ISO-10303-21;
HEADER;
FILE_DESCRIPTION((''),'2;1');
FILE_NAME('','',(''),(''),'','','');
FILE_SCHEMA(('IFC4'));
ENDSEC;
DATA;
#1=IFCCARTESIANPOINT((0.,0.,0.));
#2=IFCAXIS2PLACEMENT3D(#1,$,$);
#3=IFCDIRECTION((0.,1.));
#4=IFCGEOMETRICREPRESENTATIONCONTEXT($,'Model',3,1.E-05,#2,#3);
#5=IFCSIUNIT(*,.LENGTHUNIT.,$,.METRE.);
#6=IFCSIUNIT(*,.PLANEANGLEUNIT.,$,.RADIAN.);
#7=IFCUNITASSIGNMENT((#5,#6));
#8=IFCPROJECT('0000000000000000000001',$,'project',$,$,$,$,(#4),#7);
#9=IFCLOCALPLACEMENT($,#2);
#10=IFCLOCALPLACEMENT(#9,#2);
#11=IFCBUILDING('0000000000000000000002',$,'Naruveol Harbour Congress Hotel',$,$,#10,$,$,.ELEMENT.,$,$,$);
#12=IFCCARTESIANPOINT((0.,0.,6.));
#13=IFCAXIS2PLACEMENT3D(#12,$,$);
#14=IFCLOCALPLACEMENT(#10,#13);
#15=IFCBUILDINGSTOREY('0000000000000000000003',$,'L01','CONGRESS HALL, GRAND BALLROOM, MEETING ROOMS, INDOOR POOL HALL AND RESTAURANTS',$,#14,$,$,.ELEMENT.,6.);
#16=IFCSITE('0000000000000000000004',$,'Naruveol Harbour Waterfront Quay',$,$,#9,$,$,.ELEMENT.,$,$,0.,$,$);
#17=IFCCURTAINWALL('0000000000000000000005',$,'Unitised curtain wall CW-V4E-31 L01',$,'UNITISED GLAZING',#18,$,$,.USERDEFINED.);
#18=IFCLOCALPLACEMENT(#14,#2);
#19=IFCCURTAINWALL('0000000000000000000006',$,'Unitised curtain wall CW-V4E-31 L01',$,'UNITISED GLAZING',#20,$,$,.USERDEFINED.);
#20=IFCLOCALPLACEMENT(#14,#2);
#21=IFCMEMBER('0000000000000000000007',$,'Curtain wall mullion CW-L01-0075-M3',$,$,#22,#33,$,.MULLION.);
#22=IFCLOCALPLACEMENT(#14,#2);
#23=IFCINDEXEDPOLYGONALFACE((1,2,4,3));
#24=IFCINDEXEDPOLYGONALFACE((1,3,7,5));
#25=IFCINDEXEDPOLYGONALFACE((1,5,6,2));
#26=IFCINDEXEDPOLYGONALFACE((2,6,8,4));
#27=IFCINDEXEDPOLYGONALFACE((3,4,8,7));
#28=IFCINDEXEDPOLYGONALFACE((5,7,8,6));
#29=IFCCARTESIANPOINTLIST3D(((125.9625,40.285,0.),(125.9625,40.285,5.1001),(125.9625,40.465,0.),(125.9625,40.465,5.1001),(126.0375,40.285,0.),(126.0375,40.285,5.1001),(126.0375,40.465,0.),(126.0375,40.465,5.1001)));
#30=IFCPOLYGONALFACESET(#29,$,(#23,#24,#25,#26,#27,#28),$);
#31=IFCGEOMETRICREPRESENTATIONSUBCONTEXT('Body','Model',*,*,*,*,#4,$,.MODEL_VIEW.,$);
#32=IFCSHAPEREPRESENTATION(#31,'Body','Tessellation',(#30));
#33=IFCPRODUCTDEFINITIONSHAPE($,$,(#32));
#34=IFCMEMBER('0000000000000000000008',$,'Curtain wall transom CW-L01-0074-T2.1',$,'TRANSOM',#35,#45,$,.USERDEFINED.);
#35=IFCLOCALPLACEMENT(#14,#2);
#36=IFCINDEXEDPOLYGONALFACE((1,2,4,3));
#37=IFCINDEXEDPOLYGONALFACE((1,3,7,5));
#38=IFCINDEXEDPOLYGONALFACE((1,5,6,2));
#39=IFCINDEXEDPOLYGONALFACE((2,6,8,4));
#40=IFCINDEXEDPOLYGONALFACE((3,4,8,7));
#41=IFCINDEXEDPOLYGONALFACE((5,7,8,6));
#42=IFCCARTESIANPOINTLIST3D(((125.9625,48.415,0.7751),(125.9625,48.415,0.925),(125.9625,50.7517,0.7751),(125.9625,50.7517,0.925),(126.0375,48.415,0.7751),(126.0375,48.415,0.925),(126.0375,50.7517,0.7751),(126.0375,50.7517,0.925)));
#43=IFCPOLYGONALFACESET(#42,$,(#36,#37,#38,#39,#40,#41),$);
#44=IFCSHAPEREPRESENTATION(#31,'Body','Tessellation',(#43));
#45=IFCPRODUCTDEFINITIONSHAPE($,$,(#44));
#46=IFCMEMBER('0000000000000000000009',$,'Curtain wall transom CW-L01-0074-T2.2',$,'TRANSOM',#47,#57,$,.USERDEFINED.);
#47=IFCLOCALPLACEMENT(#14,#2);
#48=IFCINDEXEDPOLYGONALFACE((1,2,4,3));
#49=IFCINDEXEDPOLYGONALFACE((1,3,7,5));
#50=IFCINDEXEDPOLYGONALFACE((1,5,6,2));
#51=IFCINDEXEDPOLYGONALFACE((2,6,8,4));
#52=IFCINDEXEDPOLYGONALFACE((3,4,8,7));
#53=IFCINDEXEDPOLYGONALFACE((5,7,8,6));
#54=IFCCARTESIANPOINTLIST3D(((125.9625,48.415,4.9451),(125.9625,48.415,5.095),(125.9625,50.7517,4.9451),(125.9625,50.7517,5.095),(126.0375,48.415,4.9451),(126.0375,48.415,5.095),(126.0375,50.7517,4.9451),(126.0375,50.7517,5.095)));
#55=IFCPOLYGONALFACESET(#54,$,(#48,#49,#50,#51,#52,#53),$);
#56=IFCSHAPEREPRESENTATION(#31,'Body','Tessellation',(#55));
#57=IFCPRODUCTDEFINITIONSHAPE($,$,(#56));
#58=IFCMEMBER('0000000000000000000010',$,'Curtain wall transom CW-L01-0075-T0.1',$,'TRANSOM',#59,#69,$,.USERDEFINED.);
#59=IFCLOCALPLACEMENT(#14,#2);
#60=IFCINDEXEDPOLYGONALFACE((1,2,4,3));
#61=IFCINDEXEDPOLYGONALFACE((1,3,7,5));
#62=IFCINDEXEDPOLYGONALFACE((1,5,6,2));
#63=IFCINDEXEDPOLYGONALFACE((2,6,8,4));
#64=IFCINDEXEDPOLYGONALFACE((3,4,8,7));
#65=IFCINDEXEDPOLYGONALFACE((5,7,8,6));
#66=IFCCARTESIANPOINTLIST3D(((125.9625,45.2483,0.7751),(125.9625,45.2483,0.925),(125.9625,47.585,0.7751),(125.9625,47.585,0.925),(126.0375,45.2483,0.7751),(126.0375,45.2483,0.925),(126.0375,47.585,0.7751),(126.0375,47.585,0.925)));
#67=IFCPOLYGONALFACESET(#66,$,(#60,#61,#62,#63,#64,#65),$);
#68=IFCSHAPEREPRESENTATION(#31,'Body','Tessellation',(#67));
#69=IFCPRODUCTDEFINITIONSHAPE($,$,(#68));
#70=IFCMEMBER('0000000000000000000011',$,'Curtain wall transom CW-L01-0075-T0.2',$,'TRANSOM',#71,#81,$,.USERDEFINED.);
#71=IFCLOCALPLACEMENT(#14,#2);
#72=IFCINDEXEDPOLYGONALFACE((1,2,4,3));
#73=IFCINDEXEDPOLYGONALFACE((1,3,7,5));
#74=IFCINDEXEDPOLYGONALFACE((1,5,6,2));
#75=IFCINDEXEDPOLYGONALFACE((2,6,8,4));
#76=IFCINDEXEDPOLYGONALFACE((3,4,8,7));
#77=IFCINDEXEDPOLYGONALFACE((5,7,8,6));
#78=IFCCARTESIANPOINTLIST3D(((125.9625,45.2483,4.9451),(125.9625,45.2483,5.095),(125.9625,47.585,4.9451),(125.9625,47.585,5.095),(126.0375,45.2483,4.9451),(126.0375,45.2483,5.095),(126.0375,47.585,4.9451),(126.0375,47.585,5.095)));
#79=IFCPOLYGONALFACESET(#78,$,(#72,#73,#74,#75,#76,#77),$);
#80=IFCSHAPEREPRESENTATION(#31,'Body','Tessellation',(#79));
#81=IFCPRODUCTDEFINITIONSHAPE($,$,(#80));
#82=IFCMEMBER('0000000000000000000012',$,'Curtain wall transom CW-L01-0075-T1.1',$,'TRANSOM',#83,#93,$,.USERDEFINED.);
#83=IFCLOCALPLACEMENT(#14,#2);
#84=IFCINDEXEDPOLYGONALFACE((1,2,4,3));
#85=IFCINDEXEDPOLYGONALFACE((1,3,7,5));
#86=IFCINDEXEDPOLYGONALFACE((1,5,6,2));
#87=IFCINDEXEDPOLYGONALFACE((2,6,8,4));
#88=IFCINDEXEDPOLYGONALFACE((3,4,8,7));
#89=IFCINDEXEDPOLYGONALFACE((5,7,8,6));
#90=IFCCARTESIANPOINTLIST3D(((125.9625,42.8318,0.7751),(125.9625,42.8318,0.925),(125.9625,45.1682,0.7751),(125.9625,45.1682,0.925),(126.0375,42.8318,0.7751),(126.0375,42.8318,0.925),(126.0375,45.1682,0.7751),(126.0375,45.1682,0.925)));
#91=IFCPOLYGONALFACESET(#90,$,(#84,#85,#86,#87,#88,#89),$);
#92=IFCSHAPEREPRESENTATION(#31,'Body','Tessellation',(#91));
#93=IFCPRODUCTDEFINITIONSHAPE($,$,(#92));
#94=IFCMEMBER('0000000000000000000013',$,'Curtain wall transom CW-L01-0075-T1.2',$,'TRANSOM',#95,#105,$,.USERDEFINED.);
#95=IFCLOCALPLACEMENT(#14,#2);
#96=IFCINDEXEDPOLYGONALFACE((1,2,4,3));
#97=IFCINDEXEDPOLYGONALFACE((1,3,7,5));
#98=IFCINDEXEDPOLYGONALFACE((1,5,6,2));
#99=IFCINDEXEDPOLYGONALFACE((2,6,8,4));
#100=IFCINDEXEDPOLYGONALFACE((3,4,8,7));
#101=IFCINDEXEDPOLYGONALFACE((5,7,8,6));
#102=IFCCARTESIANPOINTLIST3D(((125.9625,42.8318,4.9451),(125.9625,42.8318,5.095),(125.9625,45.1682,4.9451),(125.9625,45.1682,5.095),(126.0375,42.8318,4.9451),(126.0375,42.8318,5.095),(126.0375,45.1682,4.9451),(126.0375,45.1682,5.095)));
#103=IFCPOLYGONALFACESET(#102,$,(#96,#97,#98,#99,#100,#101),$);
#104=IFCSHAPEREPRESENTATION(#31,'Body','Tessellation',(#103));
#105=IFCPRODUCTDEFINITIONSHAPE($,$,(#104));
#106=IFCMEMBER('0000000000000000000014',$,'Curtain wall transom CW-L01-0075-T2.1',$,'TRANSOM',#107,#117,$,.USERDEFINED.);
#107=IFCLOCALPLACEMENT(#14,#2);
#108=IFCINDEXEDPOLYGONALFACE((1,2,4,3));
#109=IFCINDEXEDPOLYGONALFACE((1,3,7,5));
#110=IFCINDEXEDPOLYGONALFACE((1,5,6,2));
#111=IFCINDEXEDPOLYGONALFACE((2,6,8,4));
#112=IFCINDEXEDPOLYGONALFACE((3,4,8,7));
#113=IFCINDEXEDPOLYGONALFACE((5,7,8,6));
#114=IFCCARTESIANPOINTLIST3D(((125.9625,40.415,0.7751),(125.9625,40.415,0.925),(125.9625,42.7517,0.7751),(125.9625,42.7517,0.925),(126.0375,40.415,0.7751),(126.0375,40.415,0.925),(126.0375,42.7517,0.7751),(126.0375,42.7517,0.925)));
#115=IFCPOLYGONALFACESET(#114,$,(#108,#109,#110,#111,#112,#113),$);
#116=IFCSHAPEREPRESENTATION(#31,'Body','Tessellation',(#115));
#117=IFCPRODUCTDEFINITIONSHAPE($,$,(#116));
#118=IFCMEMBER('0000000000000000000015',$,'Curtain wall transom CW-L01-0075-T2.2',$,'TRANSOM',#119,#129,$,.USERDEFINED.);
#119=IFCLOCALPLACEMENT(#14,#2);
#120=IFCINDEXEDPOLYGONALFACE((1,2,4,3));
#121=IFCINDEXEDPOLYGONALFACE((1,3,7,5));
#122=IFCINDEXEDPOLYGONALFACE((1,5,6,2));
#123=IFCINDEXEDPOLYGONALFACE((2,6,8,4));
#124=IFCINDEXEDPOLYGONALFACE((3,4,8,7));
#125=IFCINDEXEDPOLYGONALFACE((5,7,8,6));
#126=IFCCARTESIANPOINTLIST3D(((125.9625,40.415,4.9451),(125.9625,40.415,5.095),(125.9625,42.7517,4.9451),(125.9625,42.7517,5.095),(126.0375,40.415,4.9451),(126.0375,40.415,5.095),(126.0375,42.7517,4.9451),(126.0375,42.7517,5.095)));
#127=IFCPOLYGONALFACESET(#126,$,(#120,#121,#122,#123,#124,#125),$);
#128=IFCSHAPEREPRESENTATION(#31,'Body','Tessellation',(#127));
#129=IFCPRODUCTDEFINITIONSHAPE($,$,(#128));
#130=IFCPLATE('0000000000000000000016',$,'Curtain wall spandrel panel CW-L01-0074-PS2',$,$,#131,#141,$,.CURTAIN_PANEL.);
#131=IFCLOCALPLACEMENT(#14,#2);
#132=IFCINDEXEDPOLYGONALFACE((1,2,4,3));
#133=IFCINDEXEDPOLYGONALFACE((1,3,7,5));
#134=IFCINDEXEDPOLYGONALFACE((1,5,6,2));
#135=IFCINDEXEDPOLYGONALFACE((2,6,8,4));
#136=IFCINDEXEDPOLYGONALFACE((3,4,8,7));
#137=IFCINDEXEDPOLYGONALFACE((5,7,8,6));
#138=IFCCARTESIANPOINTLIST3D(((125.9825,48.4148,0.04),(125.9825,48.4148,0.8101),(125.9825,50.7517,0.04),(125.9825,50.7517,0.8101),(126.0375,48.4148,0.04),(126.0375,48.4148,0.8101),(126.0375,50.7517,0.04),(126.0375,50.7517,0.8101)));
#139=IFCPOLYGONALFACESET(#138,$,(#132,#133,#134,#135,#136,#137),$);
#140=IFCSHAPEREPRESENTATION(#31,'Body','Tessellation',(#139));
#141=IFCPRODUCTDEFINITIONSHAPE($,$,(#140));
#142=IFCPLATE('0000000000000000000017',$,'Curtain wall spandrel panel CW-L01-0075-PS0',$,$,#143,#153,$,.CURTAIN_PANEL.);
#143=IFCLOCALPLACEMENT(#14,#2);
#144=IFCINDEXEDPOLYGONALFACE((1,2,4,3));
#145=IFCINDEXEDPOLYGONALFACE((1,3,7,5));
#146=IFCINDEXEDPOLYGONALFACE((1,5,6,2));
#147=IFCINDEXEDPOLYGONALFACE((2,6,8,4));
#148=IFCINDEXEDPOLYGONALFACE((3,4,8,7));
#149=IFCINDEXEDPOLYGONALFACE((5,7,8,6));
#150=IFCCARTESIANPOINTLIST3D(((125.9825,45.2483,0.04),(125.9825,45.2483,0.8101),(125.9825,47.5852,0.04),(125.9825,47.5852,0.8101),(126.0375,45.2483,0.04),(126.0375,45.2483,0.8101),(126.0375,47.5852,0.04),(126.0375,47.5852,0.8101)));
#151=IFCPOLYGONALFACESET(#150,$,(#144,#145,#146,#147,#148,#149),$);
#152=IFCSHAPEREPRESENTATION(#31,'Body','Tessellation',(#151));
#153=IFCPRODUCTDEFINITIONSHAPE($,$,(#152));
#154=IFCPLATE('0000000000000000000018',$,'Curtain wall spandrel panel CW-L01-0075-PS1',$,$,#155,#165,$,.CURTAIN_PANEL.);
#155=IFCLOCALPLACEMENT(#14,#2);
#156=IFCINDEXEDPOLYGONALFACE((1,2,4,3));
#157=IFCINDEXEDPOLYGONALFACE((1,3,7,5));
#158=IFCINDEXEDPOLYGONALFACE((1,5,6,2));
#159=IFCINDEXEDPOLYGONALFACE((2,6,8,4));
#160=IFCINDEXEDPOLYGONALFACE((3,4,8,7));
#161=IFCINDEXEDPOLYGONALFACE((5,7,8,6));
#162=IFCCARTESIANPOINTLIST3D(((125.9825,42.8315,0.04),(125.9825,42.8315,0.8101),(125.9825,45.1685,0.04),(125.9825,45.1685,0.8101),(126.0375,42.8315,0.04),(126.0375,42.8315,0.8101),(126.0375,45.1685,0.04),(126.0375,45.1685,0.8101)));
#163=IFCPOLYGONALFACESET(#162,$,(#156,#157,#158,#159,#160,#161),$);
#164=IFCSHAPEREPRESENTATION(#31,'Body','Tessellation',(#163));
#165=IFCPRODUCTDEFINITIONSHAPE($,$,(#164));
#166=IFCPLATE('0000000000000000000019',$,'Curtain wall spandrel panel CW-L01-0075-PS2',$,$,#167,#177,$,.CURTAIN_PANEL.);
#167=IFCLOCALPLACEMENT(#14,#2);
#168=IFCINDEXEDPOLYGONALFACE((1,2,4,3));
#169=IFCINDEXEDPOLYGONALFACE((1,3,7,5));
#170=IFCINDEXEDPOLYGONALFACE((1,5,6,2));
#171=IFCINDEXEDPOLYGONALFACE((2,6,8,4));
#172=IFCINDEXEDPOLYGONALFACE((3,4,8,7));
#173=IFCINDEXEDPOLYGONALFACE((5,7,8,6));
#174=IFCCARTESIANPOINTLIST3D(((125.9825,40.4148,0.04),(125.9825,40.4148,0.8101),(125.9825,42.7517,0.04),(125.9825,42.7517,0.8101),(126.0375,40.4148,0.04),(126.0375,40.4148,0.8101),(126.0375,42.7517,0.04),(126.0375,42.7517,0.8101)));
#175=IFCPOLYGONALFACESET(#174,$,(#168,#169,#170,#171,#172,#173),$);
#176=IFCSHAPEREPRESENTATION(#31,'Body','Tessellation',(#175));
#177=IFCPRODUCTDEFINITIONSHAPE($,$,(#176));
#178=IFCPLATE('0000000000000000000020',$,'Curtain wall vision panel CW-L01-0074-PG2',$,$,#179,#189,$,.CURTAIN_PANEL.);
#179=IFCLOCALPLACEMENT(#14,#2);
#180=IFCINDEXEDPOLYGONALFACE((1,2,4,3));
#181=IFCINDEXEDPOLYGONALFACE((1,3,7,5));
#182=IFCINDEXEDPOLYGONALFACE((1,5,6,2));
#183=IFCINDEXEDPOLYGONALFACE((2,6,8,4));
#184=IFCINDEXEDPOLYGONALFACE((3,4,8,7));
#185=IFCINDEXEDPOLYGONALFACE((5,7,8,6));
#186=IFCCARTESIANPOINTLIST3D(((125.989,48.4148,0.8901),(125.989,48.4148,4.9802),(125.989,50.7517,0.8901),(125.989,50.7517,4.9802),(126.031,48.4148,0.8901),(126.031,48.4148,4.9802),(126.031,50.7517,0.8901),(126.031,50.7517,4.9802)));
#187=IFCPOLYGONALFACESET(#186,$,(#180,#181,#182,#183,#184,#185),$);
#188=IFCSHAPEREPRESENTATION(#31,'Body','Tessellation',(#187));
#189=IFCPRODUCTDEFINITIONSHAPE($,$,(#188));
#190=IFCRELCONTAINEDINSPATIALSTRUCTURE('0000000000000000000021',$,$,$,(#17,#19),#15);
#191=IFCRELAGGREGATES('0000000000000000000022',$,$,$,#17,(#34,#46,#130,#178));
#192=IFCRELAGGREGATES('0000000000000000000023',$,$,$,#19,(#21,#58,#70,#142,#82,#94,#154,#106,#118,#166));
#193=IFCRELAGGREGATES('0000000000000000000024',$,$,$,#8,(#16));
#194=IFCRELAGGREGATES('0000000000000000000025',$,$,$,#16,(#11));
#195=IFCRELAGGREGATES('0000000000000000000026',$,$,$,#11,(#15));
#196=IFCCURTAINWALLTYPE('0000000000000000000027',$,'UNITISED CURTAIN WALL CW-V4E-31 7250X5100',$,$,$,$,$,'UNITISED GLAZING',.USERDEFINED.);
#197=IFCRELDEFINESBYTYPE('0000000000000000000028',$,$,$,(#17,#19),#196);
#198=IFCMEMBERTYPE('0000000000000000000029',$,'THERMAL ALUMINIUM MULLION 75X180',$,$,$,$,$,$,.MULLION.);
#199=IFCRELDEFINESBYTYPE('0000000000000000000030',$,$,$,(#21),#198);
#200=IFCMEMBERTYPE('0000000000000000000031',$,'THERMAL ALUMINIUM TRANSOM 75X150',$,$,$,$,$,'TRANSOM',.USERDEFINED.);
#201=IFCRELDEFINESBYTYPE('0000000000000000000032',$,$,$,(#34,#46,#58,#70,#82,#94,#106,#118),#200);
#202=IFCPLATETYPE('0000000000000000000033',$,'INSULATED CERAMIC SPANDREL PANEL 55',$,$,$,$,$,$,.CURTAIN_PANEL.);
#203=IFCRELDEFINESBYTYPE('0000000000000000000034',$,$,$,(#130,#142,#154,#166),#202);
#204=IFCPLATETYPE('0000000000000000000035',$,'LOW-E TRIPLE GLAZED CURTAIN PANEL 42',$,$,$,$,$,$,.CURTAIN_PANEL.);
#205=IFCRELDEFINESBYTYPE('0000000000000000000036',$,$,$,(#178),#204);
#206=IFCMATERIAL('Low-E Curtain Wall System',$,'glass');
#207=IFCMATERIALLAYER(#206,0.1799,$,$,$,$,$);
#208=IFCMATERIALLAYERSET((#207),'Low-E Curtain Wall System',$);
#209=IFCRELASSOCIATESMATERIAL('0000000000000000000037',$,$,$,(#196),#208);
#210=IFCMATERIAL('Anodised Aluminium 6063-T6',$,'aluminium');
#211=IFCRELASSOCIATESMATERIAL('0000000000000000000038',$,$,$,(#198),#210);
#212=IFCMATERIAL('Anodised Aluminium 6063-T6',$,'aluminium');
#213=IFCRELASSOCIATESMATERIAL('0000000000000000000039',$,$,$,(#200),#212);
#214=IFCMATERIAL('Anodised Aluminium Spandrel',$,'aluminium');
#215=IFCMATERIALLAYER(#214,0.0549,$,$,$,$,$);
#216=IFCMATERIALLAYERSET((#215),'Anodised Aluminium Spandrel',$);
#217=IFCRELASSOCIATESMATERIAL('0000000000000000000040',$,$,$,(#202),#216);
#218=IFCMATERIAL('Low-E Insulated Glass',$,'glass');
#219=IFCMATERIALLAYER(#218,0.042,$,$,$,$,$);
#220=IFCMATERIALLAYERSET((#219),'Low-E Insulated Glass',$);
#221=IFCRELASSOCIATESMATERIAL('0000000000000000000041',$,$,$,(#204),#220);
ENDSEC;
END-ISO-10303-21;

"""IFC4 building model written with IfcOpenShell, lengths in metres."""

from ifc_helpers import new_model, si_unit, direction, frame, origin, origin_2d, place, context, subcontext, project, spatial, rectangle, extrude, material, layer, layer_set, material_profile, profile_set, type_object, element, aggregate, save


model = new_model("IFC4")

# Units and contexts
model_context = context("Model", 3, precision=1e-05, world=origin(), true_north=direction((0.0, 1.0)))
body_context = subcontext(model_context, "Body", "Model", "MODEL_VIEW")
ifc_project = project(units=[si_unit("LENGTHUNIT", "METRE"), si_unit("PLANEANGLEUNIT", "RADIAN")], contexts=[model_context])

# Site, building, storey
site_placement = place(None, origin())
site = spatial("IfcSite", under=ifc_project, at=site_placement, Name="Naruveol Harbour Waterfront Quay", CompositionType="ELEMENT", RefElevation=0.0)
building_placement = place(site_placement, origin())
building = spatial("IfcBuilding", under=site, at=building_placement, Name="Naruveol Harbour Congress Hotel", CompositionType="ELEMENT")
storey_placement = place(building_placement, frame((0.0, 0.0, 6.0)))
storey = spatial("IfcBuildingStorey", under=building, at=storey_placement, Name="L01", Description="CONGRESS HALL, GRAND BALLROOM, MEETING ROOMS, INDOOR POOL HALL AND RESTAURANTS", CompositionType="ELEMENT", Elevation=6.0)

# Curtain wall
ifc_material_1 = material(Name="Low-E Curtain Wall System", Category="glass")
ifc_layer_1 = layer(ifc_material_1, 0.1799)
ifc_layer_set_1 = layer_set([ifc_layer_1], Name="Low-E Curtain Wall System")
curtain_wall_type = type_object("IfcCurtainWallType", Name="UNITISED CURTAIN WALL CW-V4E-31 7250X5100", ElementType="UNITISED GLAZING", PredefinedType="USERDEFINED", material=ifc_layer_set_1)
curtain_wall_1_placement = place(storey_placement, origin())
curtain_wall_1 = element("IfcCurtainWall", 1, at=curtain_wall_1_placement, inside=storey, type_object=curtain_wall_type, Name="Unitised curtain wall CW-V4E-31 L01", ObjectType="UNITISED GLAZING", PredefinedType="USERDEFINED")
ifc_material_2 = material(Name="Anodised Aluminium 6063-T6", Category="aluminium")
ifc_material_profile_1 = material_profile(ifc_material_2, rectangle(XDim=0.075, YDim=0.1799, at=origin_2d()), Name="ALU-75x180")
ifc_profile_set_1 = profile_set([ifc_material_profile_1], Name="Anodised Aluminium 6063-T6")
member_type_1 = type_object("IfcMemberType", Name="THERMAL ALUMINIUM MULLION 75X180", PredefinedType="MULLION", material=ifc_profile_set_1)

# Curtain wall, member
curtain_wall_2_placement = place(storey_placement, origin())
curtain_wall_2 = element("IfcCurtainWall", 2, at=curtain_wall_2_placement, inside=storey, type_object=curtain_wall_type, Name="Unitised curtain wall CW-V4E-31 L01", ObjectType="UNITISED GLAZING", PredefinedType="USERDEFINED")
member_1_placement = place(storey_placement, frame((126.0, 40.375, 0.0), z_axis=(0.0, 0.0, 1.0), x_axis=(1.0, 0.0, 0.0)))
member_1 = element("IfcMember", 3, at=member_1_placement, type_object=member_type_1, Name="Curtain wall mullion CW-L01-0075-M3", PredefinedType="MULLION", context=body_context, shape_type="SweptSolid", body=[
    extrude(rectangle(XDim=0.075, YDim=0.1799, at=origin_2d()), origin(), (0.0, 0.0, 1.0), 5.1001),
])

# Members
ifc_material_3 = material(Name="Anodised Aluminium 6063-T6", Category="aluminium")
ifc_material_profile_2 = material_profile(ifc_material_3, rectangle(XDim=0.075, YDim=0.1499, at=origin_2d()), Name="ALU-75x150")
ifc_profile_set_2 = profile_set([ifc_material_profile_2], Name="Anodised Aluminium 6063-T6")
member_type_2 = type_object("IfcMemberType", Name="THERMAL ALUMINIUM TRANSOM 75X150", ElementType="TRANSOM", PredefinedType="USERDEFINED", material=ifc_profile_set_2)
member_2_placement = place(storey_placement, frame((126.0, 50.7517, 0.8501), z_axis=(0.0, -1.0, 0.0), x_axis=(1.0, 0.0, 0.0)))
member_2 = element("IfcMember", 4, at=member_2_placement, type_object=member_type_2, Name="Curtain wall transom CW-L01-0074-T2.1", ObjectType="TRANSOM", PredefinedType="USERDEFINED", context=body_context, shape_type="SweptSolid", body=[
    extrude(rectangle(XDim=0.075, YDim=0.1499, at=origin_2d()), origin(), (0.0, 0.0, 1.0), 2.3367),
])
member_3_placement = place(storey_placement, frame((126.0, 50.7517, 5.02), z_axis=(0.0, -1.0, 0.0), x_axis=(1.0, 0.0, 0.0)))
member_3 = element("IfcMember", 5, at=member_3_placement, type_object=member_type_2, Name="Curtain wall transom CW-L01-0074-T2.2", ObjectType="TRANSOM", PredefinedType="USERDEFINED", context=body_context, shape_type="SweptSolid", body=[
    extrude(rectangle(XDim=0.075, YDim=0.1499, at=origin_2d()), origin(), (0.0, 0.0, 1.0), 2.3367),
])
member_4_placement = place(storey_placement, frame((126.0, 47.585, 0.8501), z_axis=(0.0, -1.0, 0.0), x_axis=(1.0, 0.0, 0.0)))
member_4 = element("IfcMember", 6, at=member_4_placement, type_object=member_type_2, Name="Curtain wall transom CW-L01-0075-T0.1", ObjectType="TRANSOM", PredefinedType="USERDEFINED", context=body_context, shape_type="SweptSolid", body=[
    extrude(rectangle(XDim=0.075, YDim=0.1499, at=origin_2d()), origin(), (0.0, 0.0, 1.0), 2.3367),
])
member_5_placement = place(storey_placement, frame((126.0, 47.585, 5.02), z_axis=(0.0, -1.0, 0.0), x_axis=(1.0, 0.0, 0.0)))
member_5 = element("IfcMember", 7, at=member_5_placement, type_object=member_type_2, Name="Curtain wall transom CW-L01-0075-T0.2", ObjectType="TRANSOM", PredefinedType="USERDEFINED", context=body_context, shape_type="SweptSolid", body=[
    extrude(rectangle(XDim=0.075, YDim=0.1499, at=origin_2d()), origin(), (0.0, 0.0, 1.0), 2.3367),
])
member_6_placement = place(storey_placement, frame((126.0, 45.1682, 0.8501), z_axis=(0.0, -1.0, 0.0), x_axis=(1.0, 0.0, 0.0)))
member_6 = element("IfcMember", 8, at=member_6_placement, type_object=member_type_2, Name="Curtain wall transom CW-L01-0075-T1.1", ObjectType="TRANSOM", PredefinedType="USERDEFINED", context=body_context, shape_type="SweptSolid", body=[
    extrude(rectangle(XDim=0.075, YDim=0.1499, at=origin_2d()), origin(), (0.0, 0.0, 1.0), 2.3364),
])
member_7_placement = place(storey_placement, frame((126.0, 45.1682, 5.02), z_axis=(0.0, -1.0, 0.0), x_axis=(1.0, 0.0, 0.0)))
member_7 = element("IfcMember", 9, at=member_7_placement, type_object=member_type_2, Name="Curtain wall transom CW-L01-0075-T1.2", ObjectType="TRANSOM", PredefinedType="USERDEFINED", context=body_context, shape_type="SweptSolid", body=[
    extrude(rectangle(XDim=0.075, YDim=0.1499, at=origin_2d()), origin(), (0.0, 0.0, 1.0), 2.3364),
])
member_8_placement = place(storey_placement, frame((126.0, 42.7517, 0.8501), z_axis=(0.0, -1.0, 0.0), x_axis=(1.0, 0.0, 0.0)))
member_8 = element("IfcMember", 10, at=member_8_placement, type_object=member_type_2, Name="Curtain wall transom CW-L01-0075-T2.1", ObjectType="TRANSOM", PredefinedType="USERDEFINED", context=body_context, shape_type="SweptSolid", body=[
    extrude(rectangle(XDim=0.075, YDim=0.1499, at=origin_2d()), origin(), (0.0, 0.0, 1.0), 2.3367),
])
member_9_placement = place(storey_placement, frame((126.0, 42.7517, 5.02), z_axis=(0.0, -1.0, 0.0), x_axis=(1.0, 0.0, 0.0)))
member_9 = element("IfcMember", 11, at=member_9_placement, type_object=member_type_2, Name="Curtain wall transom CW-L01-0075-T2.2", ObjectType="TRANSOM", PredefinedType="USERDEFINED", context=body_context, shape_type="SweptSolid", body=[
    extrude(rectangle(XDim=0.075, YDim=0.1499, at=origin_2d()), origin(), (0.0, 0.0, 1.0), 2.3367),
])

# Plates
ifc_material_4 = material(Name="Anodised Aluminium Spandrel", Category="aluminium")
ifc_layer_2 = layer(ifc_material_4, 0.0549)
ifc_layer_set_2 = layer_set([ifc_layer_2], Name="Anodised Aluminium Spandrel")
plate_type_1 = type_object("IfcPlateType", Name="INSULATED CERAMIC SPANDREL PANEL 55", PredefinedType="CURTAIN_PANEL", material=ifc_layer_set_2)
plate_1_placement = place(storey_placement, frame((126.01, 49.5833, 0.04), z_axis=(0.0, 0.0, 1.0), x_axis=(0.0, -1.0, 0.0)))
plate_1 = element("IfcPlate", 12, at=plate_1_placement, type_object=plate_type_1, Name="Curtain wall spandrel panel CW-L01-0074-PS2", PredefinedType="CURTAIN_PANEL", context=body_context, shape_type="SweptSolid", body=[
    extrude(rectangle(XDim=2.3369, YDim=0.0549, at=origin_2d()), origin(), (0.0, 0.0, 1.0), 0.77),
])
plate_2_placement = place(storey_placement, frame((126.01, 46.4167, 0.04), z_axis=(0.0, 0.0, 1.0), x_axis=(0.0, -1.0, 0.0)))
plate_2 = element("IfcPlate", 13, at=plate_2_placement, type_object=plate_type_1, Name="Curtain wall spandrel panel CW-L01-0075-PS0", PredefinedType="CURTAIN_PANEL", context=body_context, shape_type="SweptSolid", body=[
    extrude(rectangle(XDim=2.3369, YDim=0.0549, at=origin_2d()), origin(), (0.0, 0.0, 1.0), 0.77),
])
plate_3_placement = place(storey_placement, frame((126.01, 44.0, 0.04), z_axis=(0.0, 0.0, 1.0), x_axis=(0.0, -1.0, 0.0)))
plate_3 = element("IfcPlate", 14, at=plate_3_placement, type_object=plate_type_1, Name="Curtain wall spandrel panel CW-L01-0075-PS1", PredefinedType="CURTAIN_PANEL", context=body_context, shape_type="SweptSolid", body=[
    extrude(rectangle(XDim=2.3369, YDim=0.0549, at=origin_2d()), origin(), (0.0, 0.0, 1.0), 0.77),
])
plate_4_placement = place(storey_placement, frame((126.01, 41.5833, 0.04), z_axis=(0.0, 0.0, 1.0), x_axis=(0.0, -1.0, 0.0)))
plate_4 = element("IfcPlate", 15, at=plate_4_placement, type_object=plate_type_1, Name="Curtain wall spandrel panel CW-L01-0075-PS2", PredefinedType="CURTAIN_PANEL", context=body_context, shape_type="SweptSolid", body=[
    extrude(rectangle(XDim=2.3369, YDim=0.0549, at=origin_2d()), origin(), (0.0, 0.0, 1.0), 0.77),
])
ifc_material_5 = material(Name="Low-E Insulated Glass", Category="glass")
ifc_layer_3 = layer(ifc_material_5, 0.042)
ifc_layer_set_3 = layer_set([ifc_layer_3], Name="Low-E Insulated Glass")
plate_type_2 = type_object("IfcPlateType", Name="LOW-E TRIPLE GLAZED CURTAIN PANEL 42", PredefinedType="CURTAIN_PANEL", material=ifc_layer_set_3)
plate_5_placement = place(storey_placement, frame((126.01, 49.5833, 0.8901), z_axis=(0.0, 0.0, 1.0), x_axis=(0.0, -1.0, 0.0)))
plate_5 = element("IfcPlate", 16, at=plate_5_placement, type_object=plate_type_2, Name="Curtain wall vision panel CW-L01-0074-PG2", PredefinedType="CURTAIN_PANEL", context=body_context, shape_type="SweptSolid", body=[
    extrude(rectangle(XDim=2.3369, YDim=0.042, at=origin_2d()), origin(), (0.0, 0.0, 1.0), 4.0901),
])
aggregate(curtain_wall_1, [member_2, member_3, plate_1, plate_5])
aggregate(curtain_wall_2, [member_1, member_4, member_5, plate_2, member_6, member_7, plate_3, member_8, member_9, plate_4])

save(model, "model.ifc")
